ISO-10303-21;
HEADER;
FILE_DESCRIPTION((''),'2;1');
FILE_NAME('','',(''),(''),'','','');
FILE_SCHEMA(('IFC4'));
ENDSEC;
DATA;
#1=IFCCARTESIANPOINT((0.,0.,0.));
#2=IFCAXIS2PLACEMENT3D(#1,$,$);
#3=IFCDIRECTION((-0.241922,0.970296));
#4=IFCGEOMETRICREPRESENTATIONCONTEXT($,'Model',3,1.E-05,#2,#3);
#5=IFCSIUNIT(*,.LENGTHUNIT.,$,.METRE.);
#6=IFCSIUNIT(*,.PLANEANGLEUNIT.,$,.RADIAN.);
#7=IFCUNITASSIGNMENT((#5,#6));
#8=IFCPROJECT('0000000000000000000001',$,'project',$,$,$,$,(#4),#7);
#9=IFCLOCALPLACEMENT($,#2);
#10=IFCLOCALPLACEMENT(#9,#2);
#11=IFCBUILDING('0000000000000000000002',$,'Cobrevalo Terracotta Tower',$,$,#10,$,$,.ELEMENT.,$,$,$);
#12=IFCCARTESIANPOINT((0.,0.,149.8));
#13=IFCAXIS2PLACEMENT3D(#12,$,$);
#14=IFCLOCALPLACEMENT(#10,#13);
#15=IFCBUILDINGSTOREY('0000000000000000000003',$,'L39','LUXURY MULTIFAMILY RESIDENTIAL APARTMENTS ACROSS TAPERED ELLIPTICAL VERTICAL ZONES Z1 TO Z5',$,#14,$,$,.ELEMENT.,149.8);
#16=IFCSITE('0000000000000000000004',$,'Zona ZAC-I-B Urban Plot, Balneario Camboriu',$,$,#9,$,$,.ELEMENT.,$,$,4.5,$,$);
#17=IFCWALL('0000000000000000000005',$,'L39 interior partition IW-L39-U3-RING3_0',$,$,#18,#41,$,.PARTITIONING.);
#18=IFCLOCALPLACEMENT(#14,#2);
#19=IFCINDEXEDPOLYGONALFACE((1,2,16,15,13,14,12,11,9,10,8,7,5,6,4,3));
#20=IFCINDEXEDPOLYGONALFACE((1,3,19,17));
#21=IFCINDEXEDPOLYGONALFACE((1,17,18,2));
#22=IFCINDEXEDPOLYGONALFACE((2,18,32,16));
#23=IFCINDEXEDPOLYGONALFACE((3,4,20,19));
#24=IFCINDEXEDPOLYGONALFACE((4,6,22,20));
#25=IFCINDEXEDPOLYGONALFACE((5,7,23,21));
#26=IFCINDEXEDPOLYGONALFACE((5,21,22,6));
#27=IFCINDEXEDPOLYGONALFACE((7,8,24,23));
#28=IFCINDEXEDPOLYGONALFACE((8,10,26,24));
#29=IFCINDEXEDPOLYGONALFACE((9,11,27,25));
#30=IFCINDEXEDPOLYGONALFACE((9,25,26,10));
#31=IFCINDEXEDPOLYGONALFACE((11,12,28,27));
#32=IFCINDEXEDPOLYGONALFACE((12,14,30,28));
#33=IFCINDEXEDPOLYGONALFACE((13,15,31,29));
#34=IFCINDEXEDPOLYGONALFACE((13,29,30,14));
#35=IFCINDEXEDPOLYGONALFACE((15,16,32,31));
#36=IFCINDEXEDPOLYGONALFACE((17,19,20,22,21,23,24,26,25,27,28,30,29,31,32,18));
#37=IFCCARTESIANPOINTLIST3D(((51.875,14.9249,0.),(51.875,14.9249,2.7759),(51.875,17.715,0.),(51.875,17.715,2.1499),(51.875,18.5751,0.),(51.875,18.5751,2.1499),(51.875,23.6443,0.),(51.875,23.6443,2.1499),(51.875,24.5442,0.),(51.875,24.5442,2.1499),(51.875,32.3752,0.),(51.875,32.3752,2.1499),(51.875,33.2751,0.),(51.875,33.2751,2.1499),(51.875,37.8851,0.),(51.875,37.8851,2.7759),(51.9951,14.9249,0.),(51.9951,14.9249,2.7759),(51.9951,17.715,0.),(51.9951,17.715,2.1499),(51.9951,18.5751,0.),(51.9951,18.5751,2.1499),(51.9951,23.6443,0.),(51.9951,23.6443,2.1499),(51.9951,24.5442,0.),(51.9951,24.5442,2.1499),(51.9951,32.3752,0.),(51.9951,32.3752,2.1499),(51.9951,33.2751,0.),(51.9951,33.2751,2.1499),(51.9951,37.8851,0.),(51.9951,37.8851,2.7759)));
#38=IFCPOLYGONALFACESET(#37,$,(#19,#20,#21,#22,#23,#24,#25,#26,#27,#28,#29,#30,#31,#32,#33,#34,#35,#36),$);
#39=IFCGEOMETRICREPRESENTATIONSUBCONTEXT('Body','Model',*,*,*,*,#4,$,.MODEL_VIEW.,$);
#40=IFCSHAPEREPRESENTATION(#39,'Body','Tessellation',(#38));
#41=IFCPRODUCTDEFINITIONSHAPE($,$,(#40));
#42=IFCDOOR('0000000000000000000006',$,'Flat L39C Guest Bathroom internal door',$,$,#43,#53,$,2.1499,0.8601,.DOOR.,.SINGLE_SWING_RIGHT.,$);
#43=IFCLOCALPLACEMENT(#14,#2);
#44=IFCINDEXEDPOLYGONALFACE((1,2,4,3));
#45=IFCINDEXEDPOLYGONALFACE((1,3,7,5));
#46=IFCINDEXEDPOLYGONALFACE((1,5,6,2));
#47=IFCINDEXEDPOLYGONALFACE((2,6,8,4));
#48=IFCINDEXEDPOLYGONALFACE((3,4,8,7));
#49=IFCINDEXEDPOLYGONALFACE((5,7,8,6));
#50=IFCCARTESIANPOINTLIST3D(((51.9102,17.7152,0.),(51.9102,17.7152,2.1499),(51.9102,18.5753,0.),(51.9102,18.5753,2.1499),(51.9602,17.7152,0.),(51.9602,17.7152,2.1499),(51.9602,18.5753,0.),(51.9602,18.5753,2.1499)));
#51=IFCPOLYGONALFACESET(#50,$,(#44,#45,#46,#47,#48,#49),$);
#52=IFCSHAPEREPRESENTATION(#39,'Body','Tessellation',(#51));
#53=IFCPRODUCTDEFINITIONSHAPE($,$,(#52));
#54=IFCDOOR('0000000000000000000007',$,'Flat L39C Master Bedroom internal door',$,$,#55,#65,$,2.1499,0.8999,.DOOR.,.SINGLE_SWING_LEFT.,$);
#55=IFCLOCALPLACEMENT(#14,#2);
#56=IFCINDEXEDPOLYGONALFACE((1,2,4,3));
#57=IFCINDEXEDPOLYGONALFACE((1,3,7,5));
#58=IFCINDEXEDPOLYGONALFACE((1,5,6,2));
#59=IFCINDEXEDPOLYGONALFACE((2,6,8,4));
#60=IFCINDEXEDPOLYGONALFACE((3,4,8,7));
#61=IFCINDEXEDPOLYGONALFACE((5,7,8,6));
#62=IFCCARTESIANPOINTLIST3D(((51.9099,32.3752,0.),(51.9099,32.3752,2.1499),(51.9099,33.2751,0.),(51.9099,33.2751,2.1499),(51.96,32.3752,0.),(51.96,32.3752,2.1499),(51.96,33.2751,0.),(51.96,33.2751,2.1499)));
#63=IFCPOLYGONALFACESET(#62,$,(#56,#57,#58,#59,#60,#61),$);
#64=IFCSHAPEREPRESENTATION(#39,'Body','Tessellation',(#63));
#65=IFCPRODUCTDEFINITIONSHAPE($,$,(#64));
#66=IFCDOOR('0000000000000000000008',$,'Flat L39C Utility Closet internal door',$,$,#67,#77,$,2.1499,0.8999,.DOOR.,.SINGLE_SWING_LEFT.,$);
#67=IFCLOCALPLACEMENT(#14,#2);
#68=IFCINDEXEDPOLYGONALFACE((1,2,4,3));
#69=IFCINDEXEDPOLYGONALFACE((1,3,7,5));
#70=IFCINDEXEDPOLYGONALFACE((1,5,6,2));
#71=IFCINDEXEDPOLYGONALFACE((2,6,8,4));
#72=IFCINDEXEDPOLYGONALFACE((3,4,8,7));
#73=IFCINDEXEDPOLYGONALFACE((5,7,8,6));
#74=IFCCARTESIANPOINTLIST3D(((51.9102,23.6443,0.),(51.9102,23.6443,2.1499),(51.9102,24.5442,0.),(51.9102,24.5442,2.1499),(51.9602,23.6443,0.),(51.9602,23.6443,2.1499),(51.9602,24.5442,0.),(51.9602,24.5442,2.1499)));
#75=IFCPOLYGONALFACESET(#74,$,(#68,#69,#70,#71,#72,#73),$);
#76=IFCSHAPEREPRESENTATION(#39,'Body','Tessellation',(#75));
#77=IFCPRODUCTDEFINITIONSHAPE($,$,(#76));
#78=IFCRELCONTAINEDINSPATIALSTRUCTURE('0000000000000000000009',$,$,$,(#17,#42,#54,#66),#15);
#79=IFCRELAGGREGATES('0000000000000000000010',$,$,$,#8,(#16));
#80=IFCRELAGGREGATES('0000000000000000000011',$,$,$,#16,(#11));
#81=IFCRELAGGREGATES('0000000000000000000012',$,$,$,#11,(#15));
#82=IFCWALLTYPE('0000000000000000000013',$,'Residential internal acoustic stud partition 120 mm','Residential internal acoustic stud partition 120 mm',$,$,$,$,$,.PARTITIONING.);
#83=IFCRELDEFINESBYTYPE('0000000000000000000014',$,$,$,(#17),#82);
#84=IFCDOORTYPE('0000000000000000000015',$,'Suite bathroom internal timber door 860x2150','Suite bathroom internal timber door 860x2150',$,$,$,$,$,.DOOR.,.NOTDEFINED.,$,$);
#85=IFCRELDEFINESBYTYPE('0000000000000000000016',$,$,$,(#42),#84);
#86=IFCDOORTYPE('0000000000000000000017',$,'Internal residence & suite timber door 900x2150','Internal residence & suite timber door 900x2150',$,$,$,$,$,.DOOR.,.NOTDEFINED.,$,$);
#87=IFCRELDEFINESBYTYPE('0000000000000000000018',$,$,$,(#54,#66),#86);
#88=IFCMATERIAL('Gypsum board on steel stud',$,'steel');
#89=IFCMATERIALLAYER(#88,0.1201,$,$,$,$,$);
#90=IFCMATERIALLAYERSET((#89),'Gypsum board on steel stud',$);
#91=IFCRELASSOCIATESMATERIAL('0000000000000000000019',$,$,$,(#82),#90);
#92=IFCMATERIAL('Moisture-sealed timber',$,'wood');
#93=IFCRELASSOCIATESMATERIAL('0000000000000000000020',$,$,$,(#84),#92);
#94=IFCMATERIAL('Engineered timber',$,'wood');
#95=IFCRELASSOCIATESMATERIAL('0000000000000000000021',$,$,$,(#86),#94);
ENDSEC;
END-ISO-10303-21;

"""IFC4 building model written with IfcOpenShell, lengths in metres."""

from ifc_helpers import new_model, si_unit, direction, frame, frame_2d, origin, place, context, subcontext, project, spatial, rectangle, extrude, source, transform, mapped, material, layer, layer_set, type_object, element, fill, save


model = new_model("IFC4")

# Units and contexts
model_context = context("Model", 3, precision=1e-05, world=origin(), true_north=direction((-0.241922, 0.970296)))
body_context = subcontext(model_context, "Body", "Model", "MODEL_VIEW")
ifc_project = project(units=[si_unit("LENGTHUNIT", "METRE"), si_unit("PLANEANGLEUNIT", "RADIAN")], contexts=[model_context])

# Site, building, storey
site_placement = place(None, origin())
site = spatial("IfcSite", under=ifc_project, at=site_placement, Name="Zona ZAC-I-B Urban Plot, Balneario Camboriu", CompositionType="ELEMENT", RefElevation=4.5)
building_placement = place(site_placement, origin())
building = spatial("IfcBuilding", under=site, at=building_placement, Name="Cobrevalo Terracotta Tower", CompositionType="ELEMENT")
storey_placement = place(building_placement, frame((0.0, 0.0, 149.8)))
storey = spatial("IfcBuildingStorey", under=building, at=storey_placement, Name="L39", Description="LUXURY MULTIFAMILY RESIDENTIAL APARTMENTS ACROSS TAPERED ELLIPTICAL VERTICAL ZONES Z1 TO Z5", CompositionType="ELEMENT", Elevation=149.8)

# Wall, openings, doors
ifc_material_1 = material(Name="Gypsum board on steel stud", Category="steel")
ifc_layer_1 = layer(ifc_material_1, 0.1201)
ifc_layer_set_1 = layer_set([ifc_layer_1], Name="Gypsum board on steel stud")
wall_type_1 = type_object("IfcWallType", Name="Residential internal acoustic stud partition 120 mm", Description="Residential internal acoustic stud partition 120 mm", PredefinedType="PARTITIONING", material=ifc_layer_set_1)
wall_1_placement = place(storey_placement, frame((51.9351, 37.885, 0.0), z_axis=(0.0, 0.0, 1.0), x_axis=(0.0, -1.0, 0.0)))
wall_1 = element("IfcWall", 1, at=wall_1_placement, inside=storey, type_object=wall_type_1, Name="L39 interior partition IW-L39-U3-RING3_0", PredefinedType="PARTITIONING", context=body_context, shape_type="SweptSolid", body=[
    extrude(rectangle(XDim=22.9602, YDim=0.1201, at=frame_2d((11.48, 0.0))), origin(), (0.0, 0.0, 1.0), 2.7759),
])
opening_1_placement = place(wall_1_placement, frame((4.6099, 0.0, 0.0)))
opening_1 = element("IfcOpeningElement", 2, at=opening_1_placement, cuts=wall_1, PredefinedType="OPENING", context=body_context, shape_type="SweptSolid", body=[
    extrude(rectangle(XDim=0.8999, YDim=2.1499, at=frame_2d((0.45, 1.075))), frame((0.0, 0.0701, 0.0), z_axis=(0.0, -1.0, 0.0), x_axis=(1.0, 0.0, 0.0)), (0.0, 0.0, 1.0), 0.1401),
])
opening_2_placement = place(wall_1_placement, frame((19.3098, 0.0, 0.0)))
opening_2 = element("IfcOpeningElement", 3, at=opening_2_placement, cuts=wall_1, PredefinedType="OPENING", context=body_context, shape_type="SweptSolid", body=[
    extrude(rectangle(XDim=0.8601, YDim=2.1499, at=frame_2d((0.4302, 1.075))), frame((0.0, 0.0701, 0.0), z_axis=(0.0, -1.0, 0.0), x_axis=(1.0, 0.0, 0.0)), (0.0, 0.0, 1.0), 0.1401),
])
opening_3_placement = place(wall_1_placement, frame((13.3408, 0.0, 0.0)))
opening_3 = element("IfcOpeningElement", 4, at=opening_3_placement, cuts=wall_1, PredefinedType="OPENING", context=body_context, shape_type="SweptSolid", body=[
    extrude(rectangle(XDim=0.8999, YDim=2.1499, at=frame_2d((0.45, 1.075))), frame((0.0, 0.0701, 0.0), z_axis=(0.0, -1.0, 0.0), x_axis=(1.0, 0.0, 0.0)), (0.0, 0.0, 1.0), 0.1401),
])
ifc_material_2 = material(Name="Moisture-sealed timber", Category="wood")
door_type_1 = type_object("IfcDoorType", Name="Suite bathroom internal timber door 860x2150", Description="Suite bathroom internal timber door 860x2150", OperationType="NOTDEFINED", PredefinedType="DOOR", material=ifc_material_2)
shared_shape_1 = source(origin(), body_context, "Body", "SweptSolid", [
    extrude(rectangle(XDim=0.8601, YDim=2.1499, at=frame_2d((0.4302, 1.075))), frame((0.0, 0.0249, 0.0), z_axis=(0.0, -1.0, 0.0), x_axis=(1.0, 0.0, 0.0)), (0.0, 0.0, 1.0), 0.05),
])
door_1_placement = place(opening_2_placement, frame((0.8601, 0.0, 0.0), z_axis=(0.0, 0.0, 1.0), x_axis=(-1.0, 0.0, 0.0)))
door_1 = element("IfcDoor", 5, at=door_1_placement, inside=storey, type_object=door_type_1, Name="Flat L39C Guest Bathroom internal door", OperationType="SINGLE_SWING_RIGHT", OverallHeight=2.1499, OverallWidth=0.8601, PredefinedType="DOOR", context=body_context, shape_type="MappedRepresentation", body=[
    mapped(shared_shape_1, transform((0.0, 0.0, 0.0), scale=1.0)),
])
fill(opening_2, door_1)
ifc_material_3 = material(Name="Engineered timber", Category="wood")
door_type_2 = type_object("IfcDoorType", Name="Internal residence & suite timber door 900x2150", Description="Internal residence & suite timber door 900x2150", OperationType="NOTDEFINED", PredefinedType="DOOR", material=ifc_material_3)
shared_shape_2 = source(origin(), body_context, "Body", "SweptSolid", [
    extrude(rectangle(XDim=0.8999, YDim=2.1499, at=frame_2d((0.45, 1.075))), frame((0.0, 0.0249, 0.0), z_axis=(0.0, -1.0, 0.0), x_axis=(1.0, 0.0, 0.0)), (0.0, 0.0, 1.0), 0.05),
])
door_2_placement = place(opening_1_placement, origin())
door_2 = element("IfcDoor", 6, at=door_2_placement, inside=storey, type_object=door_type_2, Name="Flat L39C Master Bedroom internal door", OperationType="SINGLE_SWING_LEFT", OverallHeight=2.1499, OverallWidth=0.8999, PredefinedType="DOOR", context=body_context, shape_type="MappedRepresentation", body=[
    mapped(shared_shape_2, transform((0.0, 0.0, 0.0), scale=1.0)),
])
fill(opening_1, door_2)
door_3_placement = place(opening_3_placement, frame((0.8999, 0.0, 0.0), z_axis=(0.0, 0.0, 1.0), x_axis=(-1.0, 0.0, 0.0)))
door_3 = element("IfcDoor", 7, at=door_3_placement, inside=storey, type_object=door_type_2, Name="Flat L39C Utility Closet internal door", OperationType="SINGLE_SWING_LEFT", OverallHeight=2.1499, OverallWidth=0.8999, PredefinedType="DOOR", context=body_context, shape_type="MappedRepresentation", body=[
    mapped(shared_shape_2, transform((0.0, 0.0, 0.0), scale=1.0)),
])
fill(opening_3, door_3)

save(model, "model.ifc")
